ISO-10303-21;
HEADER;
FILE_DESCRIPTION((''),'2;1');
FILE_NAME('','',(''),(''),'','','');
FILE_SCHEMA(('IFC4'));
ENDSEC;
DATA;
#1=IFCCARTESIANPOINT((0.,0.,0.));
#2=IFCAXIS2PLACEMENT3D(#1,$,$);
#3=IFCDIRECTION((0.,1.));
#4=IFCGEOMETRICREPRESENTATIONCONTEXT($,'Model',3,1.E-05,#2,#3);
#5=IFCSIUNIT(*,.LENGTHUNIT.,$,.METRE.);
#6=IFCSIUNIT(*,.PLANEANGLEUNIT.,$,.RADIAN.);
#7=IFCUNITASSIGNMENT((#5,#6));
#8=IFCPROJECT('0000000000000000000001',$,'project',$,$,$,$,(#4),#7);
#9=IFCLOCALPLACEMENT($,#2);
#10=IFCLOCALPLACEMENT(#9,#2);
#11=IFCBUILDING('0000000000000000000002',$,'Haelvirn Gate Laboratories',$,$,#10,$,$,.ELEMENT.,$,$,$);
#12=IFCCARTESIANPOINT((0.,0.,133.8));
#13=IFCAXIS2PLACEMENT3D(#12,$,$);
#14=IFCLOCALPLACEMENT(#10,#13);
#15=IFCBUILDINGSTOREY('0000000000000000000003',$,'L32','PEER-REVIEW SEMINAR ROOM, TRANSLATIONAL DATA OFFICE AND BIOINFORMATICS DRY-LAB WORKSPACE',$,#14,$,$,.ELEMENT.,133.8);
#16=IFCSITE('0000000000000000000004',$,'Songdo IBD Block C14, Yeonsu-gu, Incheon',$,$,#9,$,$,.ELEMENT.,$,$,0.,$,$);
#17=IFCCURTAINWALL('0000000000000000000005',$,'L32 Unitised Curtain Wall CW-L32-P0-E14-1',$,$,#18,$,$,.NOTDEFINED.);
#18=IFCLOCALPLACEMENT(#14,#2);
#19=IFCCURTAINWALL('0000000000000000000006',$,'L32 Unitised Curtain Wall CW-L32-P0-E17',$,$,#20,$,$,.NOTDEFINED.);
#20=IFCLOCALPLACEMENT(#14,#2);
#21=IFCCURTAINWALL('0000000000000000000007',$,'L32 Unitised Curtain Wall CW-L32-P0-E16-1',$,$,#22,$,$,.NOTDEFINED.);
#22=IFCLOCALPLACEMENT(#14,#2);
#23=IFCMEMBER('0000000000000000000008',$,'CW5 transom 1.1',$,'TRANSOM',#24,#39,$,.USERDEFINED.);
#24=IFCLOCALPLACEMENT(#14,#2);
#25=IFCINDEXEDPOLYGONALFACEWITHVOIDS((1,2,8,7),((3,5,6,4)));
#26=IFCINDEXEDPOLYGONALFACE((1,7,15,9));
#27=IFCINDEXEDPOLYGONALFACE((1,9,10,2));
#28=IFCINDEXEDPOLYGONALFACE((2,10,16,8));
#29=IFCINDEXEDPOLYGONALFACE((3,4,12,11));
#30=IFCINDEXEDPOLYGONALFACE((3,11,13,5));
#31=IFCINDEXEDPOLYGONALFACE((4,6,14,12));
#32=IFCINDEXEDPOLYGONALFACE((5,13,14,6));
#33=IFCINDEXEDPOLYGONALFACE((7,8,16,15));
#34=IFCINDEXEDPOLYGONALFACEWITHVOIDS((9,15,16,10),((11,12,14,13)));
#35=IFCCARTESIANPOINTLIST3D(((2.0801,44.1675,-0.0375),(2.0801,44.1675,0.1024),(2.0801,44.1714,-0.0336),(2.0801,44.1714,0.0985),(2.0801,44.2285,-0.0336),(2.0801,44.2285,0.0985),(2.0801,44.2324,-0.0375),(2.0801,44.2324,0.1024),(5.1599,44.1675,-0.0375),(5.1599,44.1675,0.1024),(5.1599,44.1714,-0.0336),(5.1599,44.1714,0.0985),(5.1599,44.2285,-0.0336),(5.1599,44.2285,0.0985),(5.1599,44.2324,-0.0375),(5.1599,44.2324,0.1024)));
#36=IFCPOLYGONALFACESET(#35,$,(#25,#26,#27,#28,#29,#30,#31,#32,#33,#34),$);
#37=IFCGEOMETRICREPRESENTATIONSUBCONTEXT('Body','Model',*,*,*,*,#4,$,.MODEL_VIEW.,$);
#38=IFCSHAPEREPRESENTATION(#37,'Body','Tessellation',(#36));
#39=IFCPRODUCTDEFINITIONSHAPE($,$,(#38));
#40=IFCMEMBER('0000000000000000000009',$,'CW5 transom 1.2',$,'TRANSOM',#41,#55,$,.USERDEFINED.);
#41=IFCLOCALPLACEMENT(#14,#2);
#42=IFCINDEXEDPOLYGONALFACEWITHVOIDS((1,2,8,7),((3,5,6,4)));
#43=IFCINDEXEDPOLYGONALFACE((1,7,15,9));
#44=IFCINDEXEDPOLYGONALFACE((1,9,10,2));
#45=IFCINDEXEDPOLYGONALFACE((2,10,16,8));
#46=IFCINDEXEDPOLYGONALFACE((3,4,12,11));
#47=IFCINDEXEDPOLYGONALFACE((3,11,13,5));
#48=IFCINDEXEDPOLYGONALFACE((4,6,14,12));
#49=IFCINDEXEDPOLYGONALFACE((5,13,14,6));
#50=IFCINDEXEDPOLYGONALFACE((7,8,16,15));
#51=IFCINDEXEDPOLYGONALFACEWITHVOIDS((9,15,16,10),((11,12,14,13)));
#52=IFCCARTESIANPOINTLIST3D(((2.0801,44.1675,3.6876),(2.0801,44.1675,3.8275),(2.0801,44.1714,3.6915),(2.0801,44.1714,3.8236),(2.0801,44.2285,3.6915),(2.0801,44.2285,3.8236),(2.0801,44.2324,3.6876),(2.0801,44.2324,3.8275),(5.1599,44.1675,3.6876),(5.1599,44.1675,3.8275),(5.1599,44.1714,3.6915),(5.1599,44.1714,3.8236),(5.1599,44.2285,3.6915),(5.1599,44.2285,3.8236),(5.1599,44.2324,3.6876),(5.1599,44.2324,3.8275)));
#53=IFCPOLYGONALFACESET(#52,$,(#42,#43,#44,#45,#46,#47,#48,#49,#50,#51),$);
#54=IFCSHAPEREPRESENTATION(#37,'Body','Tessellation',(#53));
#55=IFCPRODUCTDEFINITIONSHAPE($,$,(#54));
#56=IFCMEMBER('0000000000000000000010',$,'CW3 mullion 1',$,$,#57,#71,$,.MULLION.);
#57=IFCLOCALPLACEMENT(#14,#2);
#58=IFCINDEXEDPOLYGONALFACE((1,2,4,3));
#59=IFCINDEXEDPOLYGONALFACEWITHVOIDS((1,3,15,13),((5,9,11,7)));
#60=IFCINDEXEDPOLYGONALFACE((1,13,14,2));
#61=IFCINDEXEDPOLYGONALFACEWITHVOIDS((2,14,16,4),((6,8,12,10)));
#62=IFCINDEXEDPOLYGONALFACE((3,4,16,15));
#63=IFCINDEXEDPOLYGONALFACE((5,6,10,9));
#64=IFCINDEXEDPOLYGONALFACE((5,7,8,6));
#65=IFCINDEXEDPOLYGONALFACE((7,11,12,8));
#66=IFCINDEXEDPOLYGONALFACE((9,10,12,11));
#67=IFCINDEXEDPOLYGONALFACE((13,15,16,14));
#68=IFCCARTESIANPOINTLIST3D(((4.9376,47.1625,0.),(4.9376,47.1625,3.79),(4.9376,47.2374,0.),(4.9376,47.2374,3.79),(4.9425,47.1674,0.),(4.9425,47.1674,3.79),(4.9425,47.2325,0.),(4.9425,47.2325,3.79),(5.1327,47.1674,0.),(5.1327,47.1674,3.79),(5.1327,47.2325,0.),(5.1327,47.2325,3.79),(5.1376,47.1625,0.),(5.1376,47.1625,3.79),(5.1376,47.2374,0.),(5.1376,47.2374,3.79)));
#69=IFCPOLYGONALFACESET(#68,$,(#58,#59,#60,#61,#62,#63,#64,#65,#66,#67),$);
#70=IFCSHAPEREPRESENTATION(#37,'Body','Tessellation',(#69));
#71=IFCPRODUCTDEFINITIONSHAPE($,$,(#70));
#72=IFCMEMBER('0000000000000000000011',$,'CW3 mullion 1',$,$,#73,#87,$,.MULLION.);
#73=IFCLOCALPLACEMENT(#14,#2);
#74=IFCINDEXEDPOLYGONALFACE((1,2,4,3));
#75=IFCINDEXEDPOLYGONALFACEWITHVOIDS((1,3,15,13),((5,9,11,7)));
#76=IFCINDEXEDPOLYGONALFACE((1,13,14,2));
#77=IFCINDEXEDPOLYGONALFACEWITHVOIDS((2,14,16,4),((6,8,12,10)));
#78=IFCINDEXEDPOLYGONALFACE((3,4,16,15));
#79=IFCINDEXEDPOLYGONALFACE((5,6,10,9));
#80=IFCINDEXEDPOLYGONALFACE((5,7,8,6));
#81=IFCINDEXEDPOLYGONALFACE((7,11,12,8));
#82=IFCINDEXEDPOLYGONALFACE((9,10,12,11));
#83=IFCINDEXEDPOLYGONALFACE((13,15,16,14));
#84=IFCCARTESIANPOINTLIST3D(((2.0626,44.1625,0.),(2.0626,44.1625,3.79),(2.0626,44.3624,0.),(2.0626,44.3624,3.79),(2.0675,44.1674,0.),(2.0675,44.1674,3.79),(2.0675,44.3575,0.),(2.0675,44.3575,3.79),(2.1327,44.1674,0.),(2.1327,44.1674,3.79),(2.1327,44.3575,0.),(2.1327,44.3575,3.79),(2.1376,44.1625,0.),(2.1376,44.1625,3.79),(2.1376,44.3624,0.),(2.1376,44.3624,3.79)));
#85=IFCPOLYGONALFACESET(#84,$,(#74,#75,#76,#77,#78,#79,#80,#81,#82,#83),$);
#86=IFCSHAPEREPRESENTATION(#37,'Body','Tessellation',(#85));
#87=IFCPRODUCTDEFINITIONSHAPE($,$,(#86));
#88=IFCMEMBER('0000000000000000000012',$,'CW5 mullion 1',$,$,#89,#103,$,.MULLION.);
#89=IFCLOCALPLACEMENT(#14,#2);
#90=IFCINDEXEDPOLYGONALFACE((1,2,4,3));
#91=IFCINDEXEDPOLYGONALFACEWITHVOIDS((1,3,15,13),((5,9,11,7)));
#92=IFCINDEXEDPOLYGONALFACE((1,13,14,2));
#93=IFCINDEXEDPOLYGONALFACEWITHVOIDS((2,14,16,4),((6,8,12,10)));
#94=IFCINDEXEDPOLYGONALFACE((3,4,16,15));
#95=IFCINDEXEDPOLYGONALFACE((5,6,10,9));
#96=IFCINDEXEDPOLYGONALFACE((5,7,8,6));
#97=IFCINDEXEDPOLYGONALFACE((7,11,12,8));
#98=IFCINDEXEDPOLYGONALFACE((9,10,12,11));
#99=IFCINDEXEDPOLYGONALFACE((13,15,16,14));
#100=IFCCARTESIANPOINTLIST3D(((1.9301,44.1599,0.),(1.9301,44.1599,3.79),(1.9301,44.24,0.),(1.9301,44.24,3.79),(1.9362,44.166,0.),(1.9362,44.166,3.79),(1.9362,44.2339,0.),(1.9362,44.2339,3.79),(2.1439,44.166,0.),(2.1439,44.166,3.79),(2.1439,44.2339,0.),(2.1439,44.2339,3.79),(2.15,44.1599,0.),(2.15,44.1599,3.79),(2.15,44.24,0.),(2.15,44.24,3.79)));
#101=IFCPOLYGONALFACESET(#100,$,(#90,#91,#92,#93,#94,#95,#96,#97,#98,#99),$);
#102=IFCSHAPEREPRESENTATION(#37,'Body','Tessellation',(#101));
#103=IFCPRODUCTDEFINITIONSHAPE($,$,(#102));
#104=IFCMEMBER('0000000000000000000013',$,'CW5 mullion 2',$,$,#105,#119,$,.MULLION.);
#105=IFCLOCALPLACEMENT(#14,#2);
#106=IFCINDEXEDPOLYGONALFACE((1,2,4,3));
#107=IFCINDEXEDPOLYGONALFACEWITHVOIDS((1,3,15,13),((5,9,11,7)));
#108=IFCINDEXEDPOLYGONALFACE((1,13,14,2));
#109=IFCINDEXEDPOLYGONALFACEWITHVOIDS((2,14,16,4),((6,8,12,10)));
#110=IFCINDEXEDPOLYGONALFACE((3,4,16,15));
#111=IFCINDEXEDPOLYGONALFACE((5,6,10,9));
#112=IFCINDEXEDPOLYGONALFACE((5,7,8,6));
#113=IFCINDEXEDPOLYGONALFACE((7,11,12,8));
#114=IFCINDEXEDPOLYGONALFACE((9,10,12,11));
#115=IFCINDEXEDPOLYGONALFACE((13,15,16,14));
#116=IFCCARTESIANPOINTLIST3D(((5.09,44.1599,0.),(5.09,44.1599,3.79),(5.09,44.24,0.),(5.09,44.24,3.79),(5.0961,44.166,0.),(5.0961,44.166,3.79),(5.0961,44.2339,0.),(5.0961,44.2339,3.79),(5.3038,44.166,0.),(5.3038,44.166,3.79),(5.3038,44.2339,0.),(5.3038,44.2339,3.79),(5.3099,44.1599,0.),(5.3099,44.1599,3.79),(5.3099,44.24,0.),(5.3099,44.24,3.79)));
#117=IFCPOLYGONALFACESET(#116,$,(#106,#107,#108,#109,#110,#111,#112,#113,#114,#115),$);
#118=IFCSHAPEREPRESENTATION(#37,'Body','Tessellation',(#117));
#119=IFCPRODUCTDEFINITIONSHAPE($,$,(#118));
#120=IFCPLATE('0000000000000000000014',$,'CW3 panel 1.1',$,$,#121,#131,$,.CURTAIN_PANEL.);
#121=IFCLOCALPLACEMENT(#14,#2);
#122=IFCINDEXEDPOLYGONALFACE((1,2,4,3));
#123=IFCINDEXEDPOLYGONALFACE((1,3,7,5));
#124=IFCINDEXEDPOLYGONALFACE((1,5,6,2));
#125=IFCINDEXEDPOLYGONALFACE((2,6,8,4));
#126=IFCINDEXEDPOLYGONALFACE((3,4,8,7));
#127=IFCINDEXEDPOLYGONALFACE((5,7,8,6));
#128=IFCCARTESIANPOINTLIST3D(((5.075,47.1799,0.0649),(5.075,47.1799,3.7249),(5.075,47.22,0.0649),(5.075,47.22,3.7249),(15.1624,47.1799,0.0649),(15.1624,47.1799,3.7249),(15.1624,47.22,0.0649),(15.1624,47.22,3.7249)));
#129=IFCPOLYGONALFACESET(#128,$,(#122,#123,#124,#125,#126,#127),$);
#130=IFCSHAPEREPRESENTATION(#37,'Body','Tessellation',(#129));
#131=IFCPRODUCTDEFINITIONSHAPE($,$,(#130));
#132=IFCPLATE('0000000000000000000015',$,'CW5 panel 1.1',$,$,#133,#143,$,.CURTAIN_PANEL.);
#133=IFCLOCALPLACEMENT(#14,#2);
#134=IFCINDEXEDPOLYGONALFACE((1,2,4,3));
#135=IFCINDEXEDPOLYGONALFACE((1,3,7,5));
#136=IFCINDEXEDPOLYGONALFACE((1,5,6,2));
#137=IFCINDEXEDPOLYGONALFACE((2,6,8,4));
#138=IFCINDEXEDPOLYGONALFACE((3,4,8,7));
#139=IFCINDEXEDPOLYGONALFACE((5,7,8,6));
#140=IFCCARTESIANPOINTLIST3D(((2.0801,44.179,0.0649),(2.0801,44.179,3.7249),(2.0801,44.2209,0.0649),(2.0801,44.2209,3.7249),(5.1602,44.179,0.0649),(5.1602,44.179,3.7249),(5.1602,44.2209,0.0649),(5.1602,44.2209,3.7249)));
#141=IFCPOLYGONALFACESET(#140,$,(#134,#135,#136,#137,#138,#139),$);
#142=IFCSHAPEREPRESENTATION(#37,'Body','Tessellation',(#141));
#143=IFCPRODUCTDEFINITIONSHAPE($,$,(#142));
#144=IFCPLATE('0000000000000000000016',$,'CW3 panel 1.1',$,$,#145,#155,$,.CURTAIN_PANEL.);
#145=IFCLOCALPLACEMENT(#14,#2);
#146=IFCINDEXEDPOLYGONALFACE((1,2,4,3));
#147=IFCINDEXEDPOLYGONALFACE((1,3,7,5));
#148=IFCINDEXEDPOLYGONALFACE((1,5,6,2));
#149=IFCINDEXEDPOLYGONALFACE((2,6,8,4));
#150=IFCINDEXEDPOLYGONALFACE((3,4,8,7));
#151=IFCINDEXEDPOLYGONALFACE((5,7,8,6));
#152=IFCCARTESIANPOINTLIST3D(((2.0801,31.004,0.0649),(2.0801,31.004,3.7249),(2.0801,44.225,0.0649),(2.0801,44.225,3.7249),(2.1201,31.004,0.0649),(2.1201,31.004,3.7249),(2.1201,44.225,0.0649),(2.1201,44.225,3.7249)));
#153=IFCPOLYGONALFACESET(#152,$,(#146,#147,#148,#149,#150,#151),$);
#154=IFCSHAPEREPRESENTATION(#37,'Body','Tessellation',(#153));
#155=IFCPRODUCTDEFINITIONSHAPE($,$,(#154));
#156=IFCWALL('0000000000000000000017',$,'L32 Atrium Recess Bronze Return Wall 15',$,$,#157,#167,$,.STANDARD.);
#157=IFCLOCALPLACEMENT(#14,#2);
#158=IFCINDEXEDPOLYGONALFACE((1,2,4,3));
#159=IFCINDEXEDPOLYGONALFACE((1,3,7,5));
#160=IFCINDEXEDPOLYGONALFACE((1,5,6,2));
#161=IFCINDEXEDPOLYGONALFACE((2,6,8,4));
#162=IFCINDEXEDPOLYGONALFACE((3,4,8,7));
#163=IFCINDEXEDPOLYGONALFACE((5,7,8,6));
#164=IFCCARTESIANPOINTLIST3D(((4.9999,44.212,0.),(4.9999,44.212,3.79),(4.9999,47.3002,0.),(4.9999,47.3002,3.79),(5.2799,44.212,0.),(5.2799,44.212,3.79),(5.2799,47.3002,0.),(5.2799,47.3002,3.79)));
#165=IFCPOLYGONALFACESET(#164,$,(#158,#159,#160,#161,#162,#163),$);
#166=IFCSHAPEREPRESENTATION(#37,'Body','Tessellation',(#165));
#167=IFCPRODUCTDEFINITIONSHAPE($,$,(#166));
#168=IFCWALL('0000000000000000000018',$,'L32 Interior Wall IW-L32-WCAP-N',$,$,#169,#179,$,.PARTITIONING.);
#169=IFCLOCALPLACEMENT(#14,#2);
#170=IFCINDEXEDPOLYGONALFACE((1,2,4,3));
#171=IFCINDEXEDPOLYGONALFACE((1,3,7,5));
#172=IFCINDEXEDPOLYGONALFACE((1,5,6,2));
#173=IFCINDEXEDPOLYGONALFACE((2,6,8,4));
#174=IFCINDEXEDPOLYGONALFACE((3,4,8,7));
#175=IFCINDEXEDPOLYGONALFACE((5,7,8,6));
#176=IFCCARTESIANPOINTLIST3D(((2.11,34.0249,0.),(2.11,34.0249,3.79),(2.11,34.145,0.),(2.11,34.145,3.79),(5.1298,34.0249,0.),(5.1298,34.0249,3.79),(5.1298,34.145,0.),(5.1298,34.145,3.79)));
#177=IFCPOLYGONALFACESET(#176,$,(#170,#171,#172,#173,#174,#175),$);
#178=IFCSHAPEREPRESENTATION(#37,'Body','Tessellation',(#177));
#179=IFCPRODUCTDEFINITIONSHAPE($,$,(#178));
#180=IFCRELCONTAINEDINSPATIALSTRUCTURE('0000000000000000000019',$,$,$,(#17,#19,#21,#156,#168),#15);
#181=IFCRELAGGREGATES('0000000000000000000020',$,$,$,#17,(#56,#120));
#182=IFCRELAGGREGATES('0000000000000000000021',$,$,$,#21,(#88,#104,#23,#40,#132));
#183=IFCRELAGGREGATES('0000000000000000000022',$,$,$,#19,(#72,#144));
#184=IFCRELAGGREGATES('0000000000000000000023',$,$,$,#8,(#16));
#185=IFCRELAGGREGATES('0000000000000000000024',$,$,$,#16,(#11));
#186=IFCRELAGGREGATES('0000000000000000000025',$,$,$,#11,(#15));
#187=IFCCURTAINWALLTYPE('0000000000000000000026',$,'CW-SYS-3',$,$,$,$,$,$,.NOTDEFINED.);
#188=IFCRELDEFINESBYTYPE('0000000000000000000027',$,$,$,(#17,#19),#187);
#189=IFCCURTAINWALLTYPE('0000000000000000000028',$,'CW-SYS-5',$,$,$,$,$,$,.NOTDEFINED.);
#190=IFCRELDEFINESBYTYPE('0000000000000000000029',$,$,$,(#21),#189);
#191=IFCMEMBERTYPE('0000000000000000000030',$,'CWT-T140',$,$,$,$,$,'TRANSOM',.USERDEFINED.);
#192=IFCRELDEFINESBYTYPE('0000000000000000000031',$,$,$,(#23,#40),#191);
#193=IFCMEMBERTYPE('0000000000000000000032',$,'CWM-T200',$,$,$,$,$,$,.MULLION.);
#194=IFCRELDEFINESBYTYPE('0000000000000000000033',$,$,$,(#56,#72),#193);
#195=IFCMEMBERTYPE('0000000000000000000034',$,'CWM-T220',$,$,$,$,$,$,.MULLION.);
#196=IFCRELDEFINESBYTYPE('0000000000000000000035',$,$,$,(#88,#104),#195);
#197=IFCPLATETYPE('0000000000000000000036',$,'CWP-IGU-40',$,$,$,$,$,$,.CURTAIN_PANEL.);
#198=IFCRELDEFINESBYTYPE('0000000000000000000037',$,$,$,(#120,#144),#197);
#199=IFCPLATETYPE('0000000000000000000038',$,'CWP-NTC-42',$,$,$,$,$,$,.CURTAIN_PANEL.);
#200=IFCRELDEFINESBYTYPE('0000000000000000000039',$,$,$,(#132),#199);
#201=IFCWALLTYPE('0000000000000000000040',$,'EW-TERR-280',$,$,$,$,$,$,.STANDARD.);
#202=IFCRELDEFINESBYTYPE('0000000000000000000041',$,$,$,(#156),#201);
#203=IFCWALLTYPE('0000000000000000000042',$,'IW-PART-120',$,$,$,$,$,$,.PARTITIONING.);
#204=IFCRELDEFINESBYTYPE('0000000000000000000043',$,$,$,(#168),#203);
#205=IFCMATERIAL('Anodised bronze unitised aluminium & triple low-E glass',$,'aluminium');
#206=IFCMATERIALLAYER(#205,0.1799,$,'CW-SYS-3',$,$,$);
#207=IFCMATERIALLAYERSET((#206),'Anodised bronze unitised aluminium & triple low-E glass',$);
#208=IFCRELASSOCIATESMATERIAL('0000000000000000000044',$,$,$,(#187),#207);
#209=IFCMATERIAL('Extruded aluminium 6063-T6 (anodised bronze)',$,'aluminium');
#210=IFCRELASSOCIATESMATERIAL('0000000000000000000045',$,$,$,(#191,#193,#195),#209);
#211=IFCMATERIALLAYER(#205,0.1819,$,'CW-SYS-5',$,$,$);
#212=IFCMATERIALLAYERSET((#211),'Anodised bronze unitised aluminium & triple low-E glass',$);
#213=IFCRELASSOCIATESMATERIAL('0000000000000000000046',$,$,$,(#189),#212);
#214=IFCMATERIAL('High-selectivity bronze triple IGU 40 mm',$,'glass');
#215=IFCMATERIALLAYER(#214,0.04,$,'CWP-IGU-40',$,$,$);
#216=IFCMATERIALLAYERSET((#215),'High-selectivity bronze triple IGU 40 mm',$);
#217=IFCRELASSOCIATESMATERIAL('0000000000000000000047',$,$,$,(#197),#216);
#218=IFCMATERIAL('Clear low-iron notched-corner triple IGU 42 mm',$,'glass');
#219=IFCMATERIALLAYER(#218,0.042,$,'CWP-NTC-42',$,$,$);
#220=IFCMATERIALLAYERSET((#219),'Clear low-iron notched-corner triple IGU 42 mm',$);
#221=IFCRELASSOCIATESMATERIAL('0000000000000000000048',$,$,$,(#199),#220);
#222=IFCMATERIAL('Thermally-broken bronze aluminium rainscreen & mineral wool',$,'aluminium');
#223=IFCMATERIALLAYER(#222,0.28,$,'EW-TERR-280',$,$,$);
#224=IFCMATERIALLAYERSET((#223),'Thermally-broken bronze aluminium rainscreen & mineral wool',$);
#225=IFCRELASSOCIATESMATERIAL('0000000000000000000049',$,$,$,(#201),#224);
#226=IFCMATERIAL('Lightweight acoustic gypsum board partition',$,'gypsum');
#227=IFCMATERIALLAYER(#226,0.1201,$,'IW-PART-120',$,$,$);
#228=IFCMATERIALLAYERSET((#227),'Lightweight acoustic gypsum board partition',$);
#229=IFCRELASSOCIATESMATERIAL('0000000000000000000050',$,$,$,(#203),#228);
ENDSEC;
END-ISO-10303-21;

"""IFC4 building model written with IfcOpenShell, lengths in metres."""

from ifc_helpers import new_model, si_unit, direction, frame, frame_2d, origin, origin_2d, place, context, subcontext, project, spatial, rectangle, hollow_rectangle, extrude, source, transform, mapped, material, layer, layer_set, material_profile, profile_set, type_object, type_shapes, element, aggregate, save


model = new_model("IFC4")

# Units and contexts
model_context = context("Model", 3, precision=1e-05, world=origin(), true_north=direction((0.0, 1.0)))
body_context = subcontext(model_context, "Body", "Model", "MODEL_VIEW")
ifc_project = project(units=[si_unit("LENGTHUNIT", "METRE"), si_unit("PLANEANGLEUNIT", "RADIAN")], contexts=[model_context])

# Site, building, storey
site_placement = place(None, origin())
site = spatial("IfcSite", under=ifc_project, at=site_placement, Name="Songdo IBD Block C14, Yeonsu-gu, Incheon", CompositionType="ELEMENT", RefElevation=0.0)
building_placement = place(site_placement, origin())
building = spatial("IfcBuilding", under=site, at=building_placement, Name="Haelvirn Gate Laboratories", CompositionType="ELEMENT")
storey_placement = place(building_placement, frame((0.0, 0.0, 133.8)))
storey = spatial("IfcBuildingStorey", under=building, at=storey_placement, Name="L32", Description="PEER-REVIEW SEMINAR ROOM, TRANSLATIONAL DATA OFFICE AND BIOINFORMATICS DRY-LAB WORKSPACE", CompositionType="ELEMENT", Elevation=133.8)

# Curtain walls, members
ifc_material_1 = material(Name="Anodised bronze unitised aluminium & triple low-E glass", Category="aluminium")
ifc_layer_1 = layer(ifc_material_1, 0.1799, Name="CW-SYS-3")
ifc_layer_set_1 = layer_set([ifc_layer_1], Name="Anodised bronze unitised aluminium & triple low-E glass")
curtain_wall_type_1 = type_object("IfcCurtainWallType", Name="CW-SYS-3", PredefinedType="NOTDEFINED", material=ifc_layer_set_1)
curtain_wall_1_placement = place(storey_placement, origin())
curtain_wall_1 = element("IfcCurtainWall", 1, at=curtain_wall_1_placement, inside=storey, type_object=curtain_wall_type_1, Name="L32 Unitised Curtain Wall CW-L32-P0-E14-1", PredefinedType="NOTDEFINED")
ifc_material_2 = material(Name="Extruded aluminium 6063-T6 (anodised bronze)", Category="aluminium")
ifc_material_profile_1 = material_profile(ifc_material_2, hollow_rectangle(XDim=0.0649, YDim=0.1399, WallThickness=0.0039, at=origin_2d()), Name="CWT-140x65x4")
ifc_profile_set_1 = profile_set([ifc_material_profile_1], Name="Extruded aluminium 6063-T6 (anodised bronze)")
member_type_1 = type_object("IfcMemberType", Name="CWT-T140", ElementType="TRANSOM", PredefinedType="USERDEFINED", material=ifc_profile_set_1)
curtain_wall_2_placement = place(storey_placement, origin())
curtain_wall_2 = element("IfcCurtainWall", 2, at=curtain_wall_2_placement, inside=storey, type_object=curtain_wall_type_1, Name="L32 Unitised Curtain Wall CW-L32-P0-E17", PredefinedType="NOTDEFINED")
ifc_layer_2 = layer(ifc_material_1, 0.1819, Name="CW-SYS-5")
ifc_layer_set_2 = layer_set([ifc_layer_2], Name="Anodised bronze unitised aluminium & triple low-E glass")
curtain_wall_type_2 = type_object("IfcCurtainWallType", Name="CW-SYS-5", PredefinedType="NOTDEFINED", material=ifc_layer_set_2)
curtain_wall_3_placement = place(storey_placement, origin())
curtain_wall_3 = element("IfcCurtainWall", 3, at=curtain_wall_3_placement, inside=storey, type_object=curtain_wall_type_2, Name="L32 Unitised Curtain Wall CW-L32-P0-E16-1", PredefinedType="NOTDEFINED")
shared_shape_1 = source(origin(), body_context, "Body", "SweptSolid", [
    extrude(hollow_rectangle(XDim=0.0649, YDim=0.1399, WallThickness=0.0039, at=origin_2d()), origin(), (0.0, 0.0, 1.0), 3.0798),
])
member_1_placement = place(storey_placement, frame((2.0801, 44.2, 0.0325), z_axis=(1.0, 0.0, 0.0), x_axis=(0.0, 1.0, 0.0)))
member_1 = element("IfcMember", 4, at=member_1_placement, type_object=member_type_1, Name="CW5 transom 1.1", ObjectType="TRANSOM", PredefinedType="USERDEFINED", context=body_context, shape_type="MappedRepresentation", body=[
    mapped(shared_shape_1, transform((0.0, 0.0, 0.0), scale=1.0)),
])
member_2_placement = place(storey_placement, frame((2.0801, 44.2, 3.7576), z_axis=(1.0, 0.0, 0.0), x_axis=(0.0, 1.0, 0.0)))
member_2 = element("IfcMember", 5, at=member_2_placement, type_object=member_type_1, Name="CW5 transom 1.2", ObjectType="TRANSOM", PredefinedType="USERDEFINED", context=body_context, shape_type="MappedRepresentation", body=[
    mapped(shared_shape_1, transform((0.0, 0.0, 0.0), scale=1.0)),
])

# Members
ifc_material_profile_2 = material_profile(ifc_material_2, hollow_rectangle(XDim=0.075, YDim=0.2, WallThickness=0.0049, at=origin_2d()), Name="CWM-200x75x5")
ifc_profile_set_2 = profile_set([ifc_material_profile_2], Name="Extruded aluminium 6063-T6 (anodised bronze)")
member_type_2 = type_object("IfcMemberType", Name="CWM-T200", PredefinedType="MULLION", material=ifc_profile_set_2)
shared_shape_2 = source(origin(), body_context, "Body", "SweptSolid", [
    extrude(hollow_rectangle(XDim=0.075, YDim=0.2, WallThickness=0.0049, at=origin_2d()), origin(), (0.0, 0.0, 1.0), 3.79),
])
type_shapes(member_type_2, [shared_shape_2])
member_3_placement = place(storey_placement, frame((5.0376, 47.2, 0.0), z_axis=(0.0, 0.0, 1.0), x_axis=(0.0, 1.0, 0.0)))
member_3 = element("IfcMember", 6, at=member_3_placement, type_object=member_type_2, Name="CW3 mullion 1", PredefinedType="MULLION", context=body_context, shape_type="MappedRepresentation", body=[
    mapped(shared_shape_2, transform((0.0, 0.0, 0.0), scale=1.0)),
])
member_4_placement = place(storey_placement, frame((2.1001, 44.2625, 0.0), z_axis=(0.0, 0.0, 1.0), x_axis=(1.0, 0.0, 0.0)))
member_4 = element("IfcMember", 7, at=member_4_placement, type_object=member_type_2, Name="CW3 mullion 1", PredefinedType="MULLION", context=body_context, shape_type="MappedRepresentation", body=[
    mapped(shared_shape_2, transform((0.0, 0.0, 0.0), scale=1.0)),
])
ifc_material_profile_3 = material_profile(ifc_material_2, hollow_rectangle(XDim=0.0801, YDim=0.22, WallThickness=0.0061, at=origin_2d()), Name="CWM-220x80x6")
ifc_profile_set_3 = profile_set([ifc_material_profile_3], Name="Extruded aluminium 6063-T6 (anodised bronze)")
member_type_3 = type_object("IfcMemberType", Name="CWM-T220", PredefinedType="MULLION", material=ifc_profile_set_3)
shared_shape_3 = source(origin(), body_context, "Body", "SweptSolid", [
    extrude(hollow_rectangle(XDim=0.0801, YDim=0.22, WallThickness=0.0061, at=origin_2d()), origin(), (0.0, 0.0, 1.0), 3.79),
])
type_shapes(member_type_3, [shared_shape_3])
member_5_placement = place(storey_placement, frame((2.04, 44.2, 0.0), z_axis=(0.0, 0.0, 1.0), x_axis=(0.0, 1.0, 0.0)))
member_5 = element("IfcMember", 8, at=member_5_placement, type_object=member_type_3, Name="CW5 mullion 1", PredefinedType="MULLION", context=body_context, shape_type="MappedRepresentation", body=[
    mapped(shared_shape_3, transform((0.0, 0.0, 0.0), scale=1.0)),
])
member_6_placement = place(storey_placement, frame((5.2, 44.2, 0.0), z_axis=(0.0, 0.0, 1.0), x_axis=(0.0, 1.0, 0.0)))
member_6 = element("IfcMember", 9, at=member_6_placement, type_object=member_type_3, Name="CW5 mullion 2", PredefinedType="MULLION", context=body_context, shape_type="MappedRepresentation", body=[
    mapped(shared_shape_3, transform((0.0, 0.0, 0.0), scale=1.0)),
])

# Plates
ifc_material_3 = material(Name="High-selectivity bronze triple IGU 40 mm", Category="glass")
ifc_layer_3 = layer(ifc_material_3, 0.04, Name="CWP-IGU-40")
ifc_layer_set_3 = layer_set([ifc_layer_3], Name="High-selectivity bronze triple IGU 40 mm")
plate_type_1 = type_object("IfcPlateType", Name="CWP-IGU-40", PredefinedType="CURTAIN_PANEL", material=ifc_layer_set_3)
shared_shape_4 = source(origin(), body_context, "Body", "SweptSolid", [
    extrude(rectangle(XDim=10.0874, YDim=0.04, at=origin_2d()), origin(), (0.0, 0.0, 1.0), 3.6599),
])
plate_1_placement = place(storey_placement, frame((10.1187, 47.2, 0.0649), z_axis=(0.0, 0.0, 1.0), x_axis=(1.0, 0.0, 0.0)))
plate_1 = element("IfcPlate", 10, at=plate_1_placement, type_object=plate_type_1, Name="CW3 panel 1.1", PredefinedType="CURTAIN_PANEL", context=body_context, shape_type="MappedRepresentation", body=[
    mapped(shared_shape_4, transform((0.0, 0.0, 0.0), scale=1.0)),
])
aggregate(curtain_wall_1, [member_3, plate_1])
ifc_material_4 = material(Name="Clear low-iron notched-corner triple IGU 42 mm", Category="glass")
ifc_layer_4 = layer(ifc_material_4, 0.042, Name="CWP-NTC-42")
ifc_layer_set_4 = layer_set([ifc_layer_4], Name="Clear low-iron notched-corner triple IGU 42 mm")
plate_type_2 = type_object("IfcPlateType", Name="CWP-NTC-42", PredefinedType="CURTAIN_PANEL", material=ifc_layer_set_4)
shared_shape_5 = source(origin(), body_context, "Body", "SweptSolid", [
    extrude(rectangle(XDim=3.0801, YDim=0.042, at=origin_2d()), origin(), (0.0, 0.0, 1.0), 3.6599),
])
type_shapes(plate_type_2, [shared_shape_5])
plate_2_placement = place(storey_placement, frame((3.6201, 44.2, 0.0649), z_axis=(0.0, 0.0, 1.0), x_axis=(1.0, 0.0, 0.0)))
plate_2 = element("IfcPlate", 11, at=plate_2_placement, type_object=plate_type_2, Name="CW5 panel 1.1", PredefinedType="CURTAIN_PANEL", context=body_context, shape_type="MappedRepresentation", body=[
    mapped(shared_shape_5, transform((0.0, 0.0, 0.0), scale=1.0)),
])
aggregate(curtain_wall_3, [member_5, member_6, member_1, member_2, plate_2])
shared_shape_6 = source(origin(), body_context, "Body", "SweptSolid", [
    extrude(rectangle(XDim=13.2209, YDim=0.04, at=origin_2d()), origin(), (0.0, 0.0, 1.0), 3.6599),
])
type_shapes(plate_type_1, [shared_shape_4, shared_shape_6])
plate_3_placement = place(storey_placement, frame((2.1001, 37.6145, 0.0649), z_axis=(0.0, 0.0, 1.0), x_axis=(0.0, -1.0, 0.0)))
plate_3 = element("IfcPlate", 12, at=plate_3_placement, type_object=plate_type_1, Name="CW3 panel 1.1", PredefinedType="CURTAIN_PANEL", context=body_context, shape_type="MappedRepresentation", body=[
    mapped(shared_shape_6, transform((0.0, 0.0, 0.0), scale=1.0)),
])
aggregate(curtain_wall_2, [member_4, plate_3])

# Walls
ifc_material_5 = material(Name="Thermally-broken bronze aluminium rainscreen & mineral wool", Category="aluminium")
ifc_layer_5 = layer(ifc_material_5, 0.28, Name="EW-TERR-280")
ifc_layer_set_5 = layer_set([ifc_layer_5], Name="Thermally-broken bronze aluminium rainscreen & mineral wool")
wall_type_1 = type_object("IfcWallType", Name="EW-TERR-280", PredefinedType="STANDARD", material=ifc_layer_set_5)
wall_1_placement = place(storey_placement, frame((5.1399, 47.3, 0.0), z_axis=(0.0, 0.0, 1.0), x_axis=(0.0, -1.0, 0.0)))
element("IfcWall", 13, at=wall_1_placement, inside=storey, type_object=wall_type_1, Name="L32 Atrium Recess Bronze Return Wall 15", PredefinedType="STANDARD", context=body_context, shape_type="SweptSolid", body=[
    extrude(rectangle(XDim=3.0881, YDim=0.28, at=frame_2d((1.5439, 0.0))), origin(), (0.0, 0.0, 1.0), 3.79),
])
ifc_material_6 = material(Name="Lightweight acoustic gypsum board partition", Category="gypsum")
ifc_layer_6 = layer(ifc_material_6, 0.1201, Name="IW-PART-120")
ifc_layer_set_6 = layer_set([ifc_layer_6], Name="Lightweight acoustic gypsum board partition")
wall_type_2 = type_object("IfcWallType", Name="IW-PART-120", PredefinedType="PARTITIONING", material=ifc_layer_set_6)
wall_2_placement = place(storey_placement, frame((2.1101, 34.085, 0.0), z_axis=(0.0, 0.0, 1.0), x_axis=(1.0, 0.0, 0.0)))
element("IfcWall", 14, at=wall_2_placement, inside=storey, type_object=wall_type_2, Name="L32 Interior Wall IW-L32-WCAP-N", PredefinedType="PARTITIONING", context=body_context, shape_type="SweptSolid", body=[
    extrude(rectangle(XDim=3.0198, YDim=0.1201, at=frame_2d((1.5098, 0.0))), origin(), (0.0, 0.0, 1.0), 3.79),
])

save(model, "model.ifc")
